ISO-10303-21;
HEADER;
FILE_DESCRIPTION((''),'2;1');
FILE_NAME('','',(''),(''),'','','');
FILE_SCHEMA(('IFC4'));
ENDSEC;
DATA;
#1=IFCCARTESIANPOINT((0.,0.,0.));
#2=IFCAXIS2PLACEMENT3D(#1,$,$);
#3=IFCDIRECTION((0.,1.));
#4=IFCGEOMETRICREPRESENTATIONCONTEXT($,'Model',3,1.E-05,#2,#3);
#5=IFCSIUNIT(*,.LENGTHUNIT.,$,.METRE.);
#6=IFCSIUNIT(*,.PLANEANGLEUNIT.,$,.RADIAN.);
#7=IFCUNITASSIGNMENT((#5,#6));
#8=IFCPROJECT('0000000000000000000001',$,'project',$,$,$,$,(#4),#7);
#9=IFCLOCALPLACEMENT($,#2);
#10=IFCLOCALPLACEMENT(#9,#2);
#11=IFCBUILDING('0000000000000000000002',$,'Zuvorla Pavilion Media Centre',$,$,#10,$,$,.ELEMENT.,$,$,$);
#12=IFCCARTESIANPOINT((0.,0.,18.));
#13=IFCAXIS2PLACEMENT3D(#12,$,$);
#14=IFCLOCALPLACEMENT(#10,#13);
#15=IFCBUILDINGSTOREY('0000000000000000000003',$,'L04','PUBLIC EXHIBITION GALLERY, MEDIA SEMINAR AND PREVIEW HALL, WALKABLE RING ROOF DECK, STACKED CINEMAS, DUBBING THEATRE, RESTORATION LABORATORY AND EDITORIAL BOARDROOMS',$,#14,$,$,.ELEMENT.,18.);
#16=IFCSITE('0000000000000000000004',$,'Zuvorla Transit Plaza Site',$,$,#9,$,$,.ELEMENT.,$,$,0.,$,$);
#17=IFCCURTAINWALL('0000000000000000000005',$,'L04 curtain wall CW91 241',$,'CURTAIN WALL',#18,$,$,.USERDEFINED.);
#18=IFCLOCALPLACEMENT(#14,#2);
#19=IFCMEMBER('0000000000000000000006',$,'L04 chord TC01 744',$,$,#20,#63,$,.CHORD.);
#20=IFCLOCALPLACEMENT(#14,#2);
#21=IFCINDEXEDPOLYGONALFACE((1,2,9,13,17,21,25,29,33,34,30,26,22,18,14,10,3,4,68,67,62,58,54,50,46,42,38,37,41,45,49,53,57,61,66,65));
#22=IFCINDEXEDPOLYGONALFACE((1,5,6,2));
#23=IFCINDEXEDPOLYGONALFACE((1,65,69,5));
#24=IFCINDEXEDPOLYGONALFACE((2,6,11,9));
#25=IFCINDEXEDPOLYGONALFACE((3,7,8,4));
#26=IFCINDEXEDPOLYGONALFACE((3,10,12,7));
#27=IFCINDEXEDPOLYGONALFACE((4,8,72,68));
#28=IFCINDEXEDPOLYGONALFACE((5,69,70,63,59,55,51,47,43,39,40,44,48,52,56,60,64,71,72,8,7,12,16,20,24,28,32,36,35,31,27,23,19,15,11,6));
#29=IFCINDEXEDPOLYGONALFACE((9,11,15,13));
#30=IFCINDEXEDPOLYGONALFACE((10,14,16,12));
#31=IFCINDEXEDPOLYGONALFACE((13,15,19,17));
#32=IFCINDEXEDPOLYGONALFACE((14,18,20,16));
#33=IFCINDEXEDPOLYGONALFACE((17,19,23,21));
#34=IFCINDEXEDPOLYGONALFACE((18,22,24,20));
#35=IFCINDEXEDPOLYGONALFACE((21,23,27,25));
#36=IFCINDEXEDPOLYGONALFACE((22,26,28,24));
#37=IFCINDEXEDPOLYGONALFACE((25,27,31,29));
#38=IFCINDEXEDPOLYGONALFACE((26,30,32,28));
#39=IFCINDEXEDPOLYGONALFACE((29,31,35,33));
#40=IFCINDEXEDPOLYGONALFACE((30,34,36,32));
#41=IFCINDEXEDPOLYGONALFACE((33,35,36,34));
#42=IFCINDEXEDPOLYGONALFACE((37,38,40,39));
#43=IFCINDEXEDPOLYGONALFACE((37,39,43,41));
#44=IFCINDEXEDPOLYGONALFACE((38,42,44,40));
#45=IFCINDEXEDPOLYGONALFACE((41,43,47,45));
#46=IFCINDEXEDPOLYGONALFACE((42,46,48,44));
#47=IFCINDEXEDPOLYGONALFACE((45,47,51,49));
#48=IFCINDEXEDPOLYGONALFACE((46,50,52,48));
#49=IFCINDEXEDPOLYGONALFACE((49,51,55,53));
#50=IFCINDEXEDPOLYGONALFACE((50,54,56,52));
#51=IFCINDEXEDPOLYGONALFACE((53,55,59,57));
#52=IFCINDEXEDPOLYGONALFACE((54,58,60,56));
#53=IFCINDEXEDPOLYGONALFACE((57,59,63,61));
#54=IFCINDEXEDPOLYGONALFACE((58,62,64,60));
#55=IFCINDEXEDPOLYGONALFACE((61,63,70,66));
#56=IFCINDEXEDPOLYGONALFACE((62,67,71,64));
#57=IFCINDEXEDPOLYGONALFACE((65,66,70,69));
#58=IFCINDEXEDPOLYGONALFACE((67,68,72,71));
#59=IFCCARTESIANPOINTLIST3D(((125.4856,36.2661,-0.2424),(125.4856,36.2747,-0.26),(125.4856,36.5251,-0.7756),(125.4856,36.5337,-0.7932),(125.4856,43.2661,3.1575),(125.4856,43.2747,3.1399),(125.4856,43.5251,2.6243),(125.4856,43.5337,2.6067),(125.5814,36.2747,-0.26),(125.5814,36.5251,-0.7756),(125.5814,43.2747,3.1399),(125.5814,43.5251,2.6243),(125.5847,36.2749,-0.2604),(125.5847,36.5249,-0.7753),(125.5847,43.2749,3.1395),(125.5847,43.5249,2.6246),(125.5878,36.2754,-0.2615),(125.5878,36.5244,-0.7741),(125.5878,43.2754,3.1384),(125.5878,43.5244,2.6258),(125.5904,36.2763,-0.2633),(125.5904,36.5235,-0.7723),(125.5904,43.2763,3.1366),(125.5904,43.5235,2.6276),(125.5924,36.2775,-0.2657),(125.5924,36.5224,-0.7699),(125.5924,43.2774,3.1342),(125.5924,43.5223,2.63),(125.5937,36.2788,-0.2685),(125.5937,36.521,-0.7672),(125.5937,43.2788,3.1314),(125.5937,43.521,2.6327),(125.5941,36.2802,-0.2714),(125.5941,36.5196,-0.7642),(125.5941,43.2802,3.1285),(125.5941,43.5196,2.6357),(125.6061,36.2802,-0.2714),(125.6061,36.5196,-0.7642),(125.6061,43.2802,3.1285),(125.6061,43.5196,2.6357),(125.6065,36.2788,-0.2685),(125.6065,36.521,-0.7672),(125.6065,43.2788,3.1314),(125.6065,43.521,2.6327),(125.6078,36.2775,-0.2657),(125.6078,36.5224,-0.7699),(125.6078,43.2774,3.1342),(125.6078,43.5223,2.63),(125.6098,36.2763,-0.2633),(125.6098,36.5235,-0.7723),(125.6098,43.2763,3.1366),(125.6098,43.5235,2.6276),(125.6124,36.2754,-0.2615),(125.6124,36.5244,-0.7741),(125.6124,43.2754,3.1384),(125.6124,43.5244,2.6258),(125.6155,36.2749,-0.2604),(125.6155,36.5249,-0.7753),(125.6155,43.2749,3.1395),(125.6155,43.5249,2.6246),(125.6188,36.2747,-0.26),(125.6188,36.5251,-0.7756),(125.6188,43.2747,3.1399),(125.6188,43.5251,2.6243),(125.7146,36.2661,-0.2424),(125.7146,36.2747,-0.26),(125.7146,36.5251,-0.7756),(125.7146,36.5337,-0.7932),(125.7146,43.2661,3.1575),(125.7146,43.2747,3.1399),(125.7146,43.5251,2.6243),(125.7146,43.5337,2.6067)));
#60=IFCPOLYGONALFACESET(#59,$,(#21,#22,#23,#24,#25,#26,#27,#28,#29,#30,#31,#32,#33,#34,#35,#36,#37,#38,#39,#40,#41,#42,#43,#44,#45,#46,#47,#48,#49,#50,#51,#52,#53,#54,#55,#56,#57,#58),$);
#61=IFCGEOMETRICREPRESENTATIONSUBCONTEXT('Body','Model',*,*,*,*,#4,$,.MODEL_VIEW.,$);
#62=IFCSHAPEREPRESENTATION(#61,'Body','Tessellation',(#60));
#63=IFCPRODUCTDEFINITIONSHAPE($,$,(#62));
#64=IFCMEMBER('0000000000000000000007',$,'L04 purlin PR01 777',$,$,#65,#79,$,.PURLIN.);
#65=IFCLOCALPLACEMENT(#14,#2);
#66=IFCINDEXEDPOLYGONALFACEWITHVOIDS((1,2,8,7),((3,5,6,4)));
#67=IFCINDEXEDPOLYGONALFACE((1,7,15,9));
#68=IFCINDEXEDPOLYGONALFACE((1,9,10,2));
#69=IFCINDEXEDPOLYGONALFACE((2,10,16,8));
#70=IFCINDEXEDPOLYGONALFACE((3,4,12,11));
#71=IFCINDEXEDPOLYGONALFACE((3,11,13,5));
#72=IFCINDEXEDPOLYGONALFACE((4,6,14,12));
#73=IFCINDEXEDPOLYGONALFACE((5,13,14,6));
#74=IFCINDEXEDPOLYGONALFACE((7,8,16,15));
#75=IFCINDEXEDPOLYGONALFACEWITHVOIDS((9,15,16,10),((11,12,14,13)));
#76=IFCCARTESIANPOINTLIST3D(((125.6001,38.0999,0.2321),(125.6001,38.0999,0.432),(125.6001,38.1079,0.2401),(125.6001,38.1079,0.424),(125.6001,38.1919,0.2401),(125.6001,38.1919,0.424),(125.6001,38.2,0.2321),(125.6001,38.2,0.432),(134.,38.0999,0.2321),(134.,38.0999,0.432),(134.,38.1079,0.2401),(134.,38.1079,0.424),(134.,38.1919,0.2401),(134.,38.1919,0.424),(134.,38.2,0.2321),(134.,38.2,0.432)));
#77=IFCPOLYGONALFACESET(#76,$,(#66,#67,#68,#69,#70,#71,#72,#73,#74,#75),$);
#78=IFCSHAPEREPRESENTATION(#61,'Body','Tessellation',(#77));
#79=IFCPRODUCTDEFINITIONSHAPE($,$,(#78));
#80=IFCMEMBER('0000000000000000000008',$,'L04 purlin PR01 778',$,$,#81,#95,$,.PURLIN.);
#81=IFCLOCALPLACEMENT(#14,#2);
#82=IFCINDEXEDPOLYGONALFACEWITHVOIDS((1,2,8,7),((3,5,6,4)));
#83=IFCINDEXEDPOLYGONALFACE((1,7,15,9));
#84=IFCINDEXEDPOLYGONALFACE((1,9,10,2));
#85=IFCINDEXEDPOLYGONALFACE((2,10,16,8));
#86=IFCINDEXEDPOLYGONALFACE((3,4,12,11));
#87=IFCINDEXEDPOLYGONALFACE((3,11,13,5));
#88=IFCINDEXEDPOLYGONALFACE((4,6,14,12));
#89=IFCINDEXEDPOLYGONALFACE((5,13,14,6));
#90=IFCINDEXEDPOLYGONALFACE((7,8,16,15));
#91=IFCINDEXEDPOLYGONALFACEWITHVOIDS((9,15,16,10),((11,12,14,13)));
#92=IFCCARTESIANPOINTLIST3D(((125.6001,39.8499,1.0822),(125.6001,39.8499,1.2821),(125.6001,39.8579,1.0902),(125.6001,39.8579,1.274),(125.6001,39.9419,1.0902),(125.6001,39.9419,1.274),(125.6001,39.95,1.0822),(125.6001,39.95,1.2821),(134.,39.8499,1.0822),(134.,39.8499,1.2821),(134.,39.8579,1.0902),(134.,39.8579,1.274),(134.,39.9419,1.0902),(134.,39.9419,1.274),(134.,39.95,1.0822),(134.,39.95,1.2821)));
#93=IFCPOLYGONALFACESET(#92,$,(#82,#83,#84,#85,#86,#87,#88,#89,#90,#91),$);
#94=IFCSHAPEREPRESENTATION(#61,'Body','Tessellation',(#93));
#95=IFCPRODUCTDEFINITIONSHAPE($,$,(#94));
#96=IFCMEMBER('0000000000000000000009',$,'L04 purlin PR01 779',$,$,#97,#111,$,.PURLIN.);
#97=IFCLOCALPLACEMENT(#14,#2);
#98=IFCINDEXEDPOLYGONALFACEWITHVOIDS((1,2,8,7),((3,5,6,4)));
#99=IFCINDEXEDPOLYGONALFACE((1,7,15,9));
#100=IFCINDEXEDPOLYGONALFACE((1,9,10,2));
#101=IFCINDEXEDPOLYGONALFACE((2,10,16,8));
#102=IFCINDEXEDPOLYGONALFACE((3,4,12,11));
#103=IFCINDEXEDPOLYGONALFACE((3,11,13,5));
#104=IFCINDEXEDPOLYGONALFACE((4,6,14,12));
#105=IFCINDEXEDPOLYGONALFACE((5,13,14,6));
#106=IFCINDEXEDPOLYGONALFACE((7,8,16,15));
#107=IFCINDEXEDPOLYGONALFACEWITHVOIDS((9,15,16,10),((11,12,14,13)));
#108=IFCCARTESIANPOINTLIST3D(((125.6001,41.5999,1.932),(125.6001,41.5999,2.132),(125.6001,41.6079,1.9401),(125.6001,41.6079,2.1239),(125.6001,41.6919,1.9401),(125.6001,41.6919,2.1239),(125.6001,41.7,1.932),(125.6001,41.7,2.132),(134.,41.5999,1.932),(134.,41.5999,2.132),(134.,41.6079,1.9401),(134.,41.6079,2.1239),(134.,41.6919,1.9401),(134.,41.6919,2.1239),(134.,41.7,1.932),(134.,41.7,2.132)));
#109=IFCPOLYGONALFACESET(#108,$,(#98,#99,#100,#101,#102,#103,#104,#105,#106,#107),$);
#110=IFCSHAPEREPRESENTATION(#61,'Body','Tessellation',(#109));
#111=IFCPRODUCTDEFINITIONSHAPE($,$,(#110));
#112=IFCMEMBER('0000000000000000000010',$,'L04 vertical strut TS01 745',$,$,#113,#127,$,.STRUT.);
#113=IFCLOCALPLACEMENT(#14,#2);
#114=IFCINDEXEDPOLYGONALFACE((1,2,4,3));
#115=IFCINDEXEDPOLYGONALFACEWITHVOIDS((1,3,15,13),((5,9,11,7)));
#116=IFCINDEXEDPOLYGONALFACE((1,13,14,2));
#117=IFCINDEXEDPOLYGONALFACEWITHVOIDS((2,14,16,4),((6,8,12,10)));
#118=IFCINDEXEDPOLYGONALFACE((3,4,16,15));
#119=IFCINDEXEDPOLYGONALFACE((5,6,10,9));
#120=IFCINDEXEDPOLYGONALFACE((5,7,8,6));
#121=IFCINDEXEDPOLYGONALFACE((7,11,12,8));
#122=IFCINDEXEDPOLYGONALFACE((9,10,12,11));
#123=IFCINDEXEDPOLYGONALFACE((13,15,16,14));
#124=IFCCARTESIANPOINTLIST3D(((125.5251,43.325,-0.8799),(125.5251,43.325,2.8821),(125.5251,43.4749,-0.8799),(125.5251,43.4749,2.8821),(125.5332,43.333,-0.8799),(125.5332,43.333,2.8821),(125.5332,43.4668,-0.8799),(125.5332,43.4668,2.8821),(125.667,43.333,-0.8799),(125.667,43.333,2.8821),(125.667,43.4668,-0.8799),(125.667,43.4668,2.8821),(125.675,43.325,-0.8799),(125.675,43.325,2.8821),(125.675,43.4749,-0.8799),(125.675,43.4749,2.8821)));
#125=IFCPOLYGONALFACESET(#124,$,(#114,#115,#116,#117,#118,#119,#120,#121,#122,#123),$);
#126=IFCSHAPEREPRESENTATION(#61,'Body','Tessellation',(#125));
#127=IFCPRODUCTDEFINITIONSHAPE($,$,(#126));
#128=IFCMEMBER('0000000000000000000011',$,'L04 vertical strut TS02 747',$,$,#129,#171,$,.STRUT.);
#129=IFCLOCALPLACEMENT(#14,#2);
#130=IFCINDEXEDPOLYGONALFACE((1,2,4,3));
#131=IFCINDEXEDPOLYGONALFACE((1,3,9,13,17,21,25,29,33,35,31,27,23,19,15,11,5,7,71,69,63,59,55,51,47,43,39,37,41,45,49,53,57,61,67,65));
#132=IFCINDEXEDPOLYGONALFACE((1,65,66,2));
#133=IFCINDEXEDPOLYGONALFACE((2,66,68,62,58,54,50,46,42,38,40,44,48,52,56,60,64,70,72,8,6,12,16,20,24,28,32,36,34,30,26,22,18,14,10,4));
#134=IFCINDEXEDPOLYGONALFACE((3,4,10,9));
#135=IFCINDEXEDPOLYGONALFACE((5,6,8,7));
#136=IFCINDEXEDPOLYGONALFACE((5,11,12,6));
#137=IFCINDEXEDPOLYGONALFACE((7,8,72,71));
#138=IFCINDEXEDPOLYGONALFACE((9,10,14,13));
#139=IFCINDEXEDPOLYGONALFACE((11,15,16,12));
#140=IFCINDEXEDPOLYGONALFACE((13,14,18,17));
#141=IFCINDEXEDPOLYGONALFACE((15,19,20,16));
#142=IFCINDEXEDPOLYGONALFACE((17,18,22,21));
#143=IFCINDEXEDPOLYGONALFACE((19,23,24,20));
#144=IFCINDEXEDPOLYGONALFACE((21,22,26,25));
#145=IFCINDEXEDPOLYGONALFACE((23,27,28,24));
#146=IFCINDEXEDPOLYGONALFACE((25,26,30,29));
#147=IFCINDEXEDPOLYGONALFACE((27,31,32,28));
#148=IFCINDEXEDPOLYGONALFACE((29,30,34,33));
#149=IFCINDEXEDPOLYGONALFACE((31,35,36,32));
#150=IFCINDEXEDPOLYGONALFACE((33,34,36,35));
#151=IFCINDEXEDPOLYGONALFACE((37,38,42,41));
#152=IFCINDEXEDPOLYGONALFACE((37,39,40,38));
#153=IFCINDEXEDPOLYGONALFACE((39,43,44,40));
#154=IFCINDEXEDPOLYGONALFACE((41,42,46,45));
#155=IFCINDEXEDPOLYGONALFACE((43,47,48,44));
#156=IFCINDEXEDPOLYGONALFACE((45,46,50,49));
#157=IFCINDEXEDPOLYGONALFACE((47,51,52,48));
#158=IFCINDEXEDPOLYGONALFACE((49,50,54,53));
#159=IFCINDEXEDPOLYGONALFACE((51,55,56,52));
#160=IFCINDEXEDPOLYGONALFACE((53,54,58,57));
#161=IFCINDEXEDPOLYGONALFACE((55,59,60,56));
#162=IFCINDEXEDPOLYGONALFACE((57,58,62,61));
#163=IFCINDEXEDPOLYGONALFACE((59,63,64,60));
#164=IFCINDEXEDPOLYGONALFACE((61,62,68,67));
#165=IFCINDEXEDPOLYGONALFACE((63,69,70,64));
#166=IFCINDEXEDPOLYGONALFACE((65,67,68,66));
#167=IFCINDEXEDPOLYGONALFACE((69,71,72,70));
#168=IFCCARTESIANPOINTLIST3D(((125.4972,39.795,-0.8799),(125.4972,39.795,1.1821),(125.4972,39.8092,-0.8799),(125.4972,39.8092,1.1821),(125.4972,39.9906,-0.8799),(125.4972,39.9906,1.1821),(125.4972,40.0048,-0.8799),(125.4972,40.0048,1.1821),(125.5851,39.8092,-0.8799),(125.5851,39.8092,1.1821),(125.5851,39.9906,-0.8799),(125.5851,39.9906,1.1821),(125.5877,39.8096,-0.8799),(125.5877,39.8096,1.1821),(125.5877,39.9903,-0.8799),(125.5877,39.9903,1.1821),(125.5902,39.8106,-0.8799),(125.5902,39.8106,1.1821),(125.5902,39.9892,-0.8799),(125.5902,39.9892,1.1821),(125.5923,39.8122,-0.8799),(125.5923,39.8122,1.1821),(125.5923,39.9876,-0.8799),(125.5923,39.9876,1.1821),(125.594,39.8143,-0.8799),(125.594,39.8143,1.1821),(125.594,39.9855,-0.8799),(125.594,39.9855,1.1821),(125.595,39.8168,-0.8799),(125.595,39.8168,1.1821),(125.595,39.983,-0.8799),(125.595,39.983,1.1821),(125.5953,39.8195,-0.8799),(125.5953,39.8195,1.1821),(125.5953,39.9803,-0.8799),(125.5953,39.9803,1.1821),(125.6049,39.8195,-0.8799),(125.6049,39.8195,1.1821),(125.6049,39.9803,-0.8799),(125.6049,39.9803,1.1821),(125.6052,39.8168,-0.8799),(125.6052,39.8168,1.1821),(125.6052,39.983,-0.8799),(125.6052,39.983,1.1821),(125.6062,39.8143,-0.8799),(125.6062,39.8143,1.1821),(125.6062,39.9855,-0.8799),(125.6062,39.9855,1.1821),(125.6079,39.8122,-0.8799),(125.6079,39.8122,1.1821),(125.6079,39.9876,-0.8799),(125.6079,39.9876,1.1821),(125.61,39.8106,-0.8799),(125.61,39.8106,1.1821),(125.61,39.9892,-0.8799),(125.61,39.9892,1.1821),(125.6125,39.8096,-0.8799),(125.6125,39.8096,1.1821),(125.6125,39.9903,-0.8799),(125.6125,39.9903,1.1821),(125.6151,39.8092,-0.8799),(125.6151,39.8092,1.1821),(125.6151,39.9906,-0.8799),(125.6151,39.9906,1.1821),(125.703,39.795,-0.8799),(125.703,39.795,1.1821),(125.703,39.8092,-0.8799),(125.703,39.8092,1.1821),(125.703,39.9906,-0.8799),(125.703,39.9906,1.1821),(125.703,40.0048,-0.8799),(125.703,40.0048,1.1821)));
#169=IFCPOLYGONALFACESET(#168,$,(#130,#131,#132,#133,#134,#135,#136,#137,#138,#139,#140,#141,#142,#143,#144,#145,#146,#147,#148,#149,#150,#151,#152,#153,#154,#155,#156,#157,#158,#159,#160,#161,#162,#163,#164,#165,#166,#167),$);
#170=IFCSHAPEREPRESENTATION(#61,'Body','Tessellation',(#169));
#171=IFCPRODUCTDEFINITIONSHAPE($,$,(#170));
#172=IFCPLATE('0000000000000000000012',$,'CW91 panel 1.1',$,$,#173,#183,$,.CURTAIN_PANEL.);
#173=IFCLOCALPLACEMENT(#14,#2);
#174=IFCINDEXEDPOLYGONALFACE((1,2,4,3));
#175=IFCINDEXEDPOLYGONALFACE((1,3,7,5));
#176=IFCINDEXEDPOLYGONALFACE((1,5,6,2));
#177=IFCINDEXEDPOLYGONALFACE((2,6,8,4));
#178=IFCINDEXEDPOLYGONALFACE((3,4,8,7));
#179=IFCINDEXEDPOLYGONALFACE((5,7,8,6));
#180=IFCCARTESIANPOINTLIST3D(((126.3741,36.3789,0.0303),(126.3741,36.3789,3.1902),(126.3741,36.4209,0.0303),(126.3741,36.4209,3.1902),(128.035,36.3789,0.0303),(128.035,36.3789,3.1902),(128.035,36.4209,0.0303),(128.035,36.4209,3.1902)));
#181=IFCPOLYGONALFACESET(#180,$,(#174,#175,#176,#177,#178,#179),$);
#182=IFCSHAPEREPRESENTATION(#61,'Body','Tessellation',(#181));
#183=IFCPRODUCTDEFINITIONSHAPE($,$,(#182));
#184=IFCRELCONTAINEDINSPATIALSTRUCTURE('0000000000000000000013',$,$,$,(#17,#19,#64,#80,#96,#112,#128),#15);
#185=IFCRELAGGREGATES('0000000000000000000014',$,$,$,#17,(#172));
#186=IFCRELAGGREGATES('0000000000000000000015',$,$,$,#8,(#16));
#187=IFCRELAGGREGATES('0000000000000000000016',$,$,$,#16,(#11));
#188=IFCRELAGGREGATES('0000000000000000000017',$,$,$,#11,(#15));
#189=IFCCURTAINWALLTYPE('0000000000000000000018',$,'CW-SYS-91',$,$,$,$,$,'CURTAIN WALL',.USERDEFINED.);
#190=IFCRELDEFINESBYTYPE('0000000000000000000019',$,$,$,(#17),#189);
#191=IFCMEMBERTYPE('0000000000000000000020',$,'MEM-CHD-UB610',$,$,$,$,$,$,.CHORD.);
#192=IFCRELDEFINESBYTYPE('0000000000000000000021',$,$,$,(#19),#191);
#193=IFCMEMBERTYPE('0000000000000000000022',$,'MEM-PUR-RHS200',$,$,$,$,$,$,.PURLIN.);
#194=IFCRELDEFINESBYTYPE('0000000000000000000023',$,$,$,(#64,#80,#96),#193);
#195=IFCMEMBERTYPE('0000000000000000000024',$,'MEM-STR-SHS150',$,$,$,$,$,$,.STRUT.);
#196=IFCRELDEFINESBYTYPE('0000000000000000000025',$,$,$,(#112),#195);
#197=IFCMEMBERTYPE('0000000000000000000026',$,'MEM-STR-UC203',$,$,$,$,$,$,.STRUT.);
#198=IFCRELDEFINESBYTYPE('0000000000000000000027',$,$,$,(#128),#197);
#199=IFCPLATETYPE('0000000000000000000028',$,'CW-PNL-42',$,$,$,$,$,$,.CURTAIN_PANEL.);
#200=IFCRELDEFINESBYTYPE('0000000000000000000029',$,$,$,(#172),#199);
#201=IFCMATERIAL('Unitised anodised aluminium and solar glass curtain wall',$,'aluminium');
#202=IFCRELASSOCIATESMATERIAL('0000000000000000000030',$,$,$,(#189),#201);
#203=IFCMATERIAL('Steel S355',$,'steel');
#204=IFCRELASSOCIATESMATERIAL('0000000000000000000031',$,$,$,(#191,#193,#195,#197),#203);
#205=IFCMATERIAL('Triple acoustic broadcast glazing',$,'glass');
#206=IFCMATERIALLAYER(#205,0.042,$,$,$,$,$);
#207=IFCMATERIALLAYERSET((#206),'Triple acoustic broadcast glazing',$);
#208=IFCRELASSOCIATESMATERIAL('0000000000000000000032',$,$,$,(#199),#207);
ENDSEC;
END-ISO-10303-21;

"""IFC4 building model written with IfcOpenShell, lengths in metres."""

from ifc_helpers import new_model, si_unit, direction, frame, origin, origin_2d, place, context, subcontext, project, spatial, rectangle, hollow_rectangle, i_section, extrude, material, layer, layer_set, material_profile, profile_set, type_object, element, aggregate, save


model = new_model("IFC4")

# Units and contexts
model_context = context("Model", 3, precision=1e-05, world=origin(), true_north=direction((0.0, 1.0)))
body_context = subcontext(model_context, "Body", "Model", "MODEL_VIEW")
ifc_project = project(units=[si_unit("LENGTHUNIT", "METRE"), si_unit("PLANEANGLEUNIT", "RADIAN")], contexts=[model_context])

# Site, building, storey
site_placement = place(None, origin())
site = spatial("IfcSite", under=ifc_project, at=site_placement, Name="Zuvorla Transit Plaza Site", CompositionType="ELEMENT", RefElevation=0.0)
building_placement = place(site_placement, origin())
building = spatial("IfcBuilding", under=site, at=building_placement, Name="Zuvorla Pavilion Media Centre", CompositionType="ELEMENT")
storey_placement = place(building_placement, frame((0.0, 0.0, 18.0)))
storey = spatial("IfcBuildingStorey", under=building, at=storey_placement, Name="L04", Description="PUBLIC EXHIBITION GALLERY, MEDIA SEMINAR AND PREVIEW HALL, WALKABLE RING ROOF DECK, STACKED CINEMAS, DUBBING THEATRE, RESTORATION LABORATORY AND EDITORIAL BOARDROOMS", CompositionType="ELEMENT", Elevation=18.0)

# Curtain wall
ifc_material_1 = material(Name="Unitised anodised aluminium and solar glass curtain wall", Category="aluminium")
curtain_wall_type = type_object("IfcCurtainWallType", Name="CW-SYS-91", ElementType="CURTAIN WALL", PredefinedType="USERDEFINED", material=ifc_material_1)
curtain_wall_placement = place(storey_placement, origin())
curtain_wall = element("IfcCurtainWall", 1, at=curtain_wall_placement, inside=storey, type_object=curtain_wall_type, Name="L04 curtain wall CW91 241", ObjectType="CURTAIN WALL", PredefinedType="USERDEFINED")

# Members
ifc_material_2 = material(Name="Steel S355", Category="steel")
ifc_material_profile_1 = material_profile(ifc_material_2, i_section(OverallWidth=0.229, OverallDepth=0.6123, WebThickness=0.012, FlangeThickness=0.0195, FilletRadius=0.0127, at=origin_2d()), Name="UB 610x229x125")
ifc_profile_set_1 = profile_set([ifc_material_profile_1], Name="Steel S355")
member_type_1 = type_object("IfcMemberType", Name="MEM-CHD-UB610", PredefinedType="CHORD", material=ifc_profile_set_1)
member_1_placement = place(storey_placement, frame((125.6001, 36.3999, -0.5178), z_axis=(0.0, 0.899513, 0.436894), x_axis=(-1.0, 0.0, 0.0)))
element("IfcMember", 2, at=member_1_placement, inside=storey, type_object=member_type_1, Name="L04 chord TC01 744", PredefinedType="CHORD", context=body_context, shape_type="SweptSolid", body=[
    extrude(i_section(OverallWidth=0.229, OverallDepth=0.6123, WebThickness=0.012, FlangeThickness=0.0195, FilletRadius=0.0127, at=origin_2d()), origin(), (0.0, 0.0, 1.0), 7.782),
])
ifc_material_profile_2 = material_profile(ifc_material_2, hollow_rectangle(XDim=0.1001, YDim=0.2, WallThickness=0.0081, at=origin_2d()), Name="RHS 200x100x8")
ifc_profile_set_2 = profile_set([ifc_material_profile_2], Name="Steel S355")
member_type_2 = type_object("IfcMemberType", Name="MEM-PUR-RHS200", PredefinedType="PURLIN", material=ifc_profile_set_2)
for number, where, z_axis, x_axis, name in (
    (3, (125.6001, 38.1499, 0.332), (1.0, 0.0, 0.0), (0.0, 1.0, 0.0), "L04 purlin PR01 777"),
    (4, (125.6001, 39.8999, 1.1821), (1.0, 0.0, 0.0), (0.0, 1.0, 0.0), "L04 purlin PR01 778"),
    (5, (125.6001, 41.6499, 2.032), (1.0, 0.0, 0.0), (0.0, 1.0, 0.0), "L04 purlin PR01 779"),
):
    element("IfcMember", number, at=place(storey_placement, frame(where, z_axis=z_axis, x_axis=x_axis)), inside=storey, type_object=member_type_2, Name=name, PredefinedType="PURLIN", context=body_context, shape_type="SweptSolid", body=[
        extrude(hollow_rectangle(XDim=0.1001, YDim=0.2, WallThickness=0.0081, at=origin_2d()), origin(), (0.0, 0.0, 1.0), 8.3999),
    ])
ifc_material_profile_3 = material_profile(ifc_material_2, hollow_rectangle(XDim=0.1499, YDim=0.1499, WallThickness=0.0081, at=origin_2d()), Name="SHS 150x150x8")
ifc_profile_set_3 = profile_set([ifc_material_profile_3], Name="Steel S355")
member_type_3 = type_object("IfcMemberType", Name="MEM-STR-SHS150", PredefinedType="STRUT", material=ifc_profile_set_3)
member_2_placement = place(storey_placement, frame((125.6001, 43.3999, -0.8799), z_axis=(0.0, 0.0, 1.0), x_axis=(1.0, 0.0, 0.0)))
element("IfcMember", 6, at=member_2_placement, inside=storey, type_object=member_type_3, Name="L04 vertical strut TS01 745", PredefinedType="STRUT", context=body_context, shape_type="SweptSolid", body=[
    extrude(hollow_rectangle(XDim=0.1499, YDim=0.1499, WallThickness=0.0081, at=origin_2d()), origin(), (0.0, 0.0, 1.0), 3.762),
])
ifc_material_profile_4 = material_profile(ifc_material_2, i_section(OverallWidth=0.2058, OverallDepth=0.2097, WebThickness=0.0095, FlangeThickness=0.0142, FilletRadius=0.0103, at=origin_2d()), Name="UC 203x203x60")
ifc_profile_set_4 = profile_set([ifc_material_profile_4], Name="Steel S355")
member_type_4 = type_object("IfcMemberType", Name="MEM-STR-UC203", PredefinedType="STRUT", material=ifc_profile_set_4)
member_3_placement = place(storey_placement, frame((125.6001, 39.8999, -0.8799), z_axis=(0.0, 0.0, 1.0), x_axis=(1.0, 0.0, 0.0)))
element("IfcMember", 7, at=member_3_placement, inside=storey, type_object=member_type_4, Name="L04 vertical strut TS02 747", PredefinedType="STRUT", context=body_context, shape_type="SweptSolid", body=[
    extrude(i_section(OverallWidth=0.2058, OverallDepth=0.2097, WebThickness=0.0095, FlangeThickness=0.0142, FilletRadius=0.0103, at=origin_2d()), origin(), (0.0, 0.0, 1.0), 2.062),
])

# Plate
ifc_material_3 = material(Name="Triple acoustic broadcast glazing", Category="glass")
ifc_layer_1 = layer(ifc_material_3, 0.042)
ifc_layer_set_1 = layer_set([ifc_layer_1], Name="Triple acoustic broadcast glazing")
plate_type_1 = type_object("IfcPlateType", Name="CW-PNL-42", PredefinedType="CURTAIN_PANEL", material=ifc_layer_set_1)
plate_1_placement = place(storey_placement, frame((127.2046, 36.3999, 0.0303), z_axis=(0.0, 0.0, 1.0), x_axis=(1.0, 0.0, 0.0)))
plate_1 = element("IfcPlate", 8, at=plate_1_placement, type_object=plate_type_1, Name="CW91 panel 1.1", PredefinedType="CURTAIN_PANEL", context=body_context, shape_type="SweptSolid", body=[
    extrude(rectangle(XDim=1.6609, YDim=0.042, at=origin_2d()), origin(), (0.0, 0.0, 1.0), 3.1599),
])
aggregate(curtain_wall, [plate_1])

save(model, "model.ifc")
